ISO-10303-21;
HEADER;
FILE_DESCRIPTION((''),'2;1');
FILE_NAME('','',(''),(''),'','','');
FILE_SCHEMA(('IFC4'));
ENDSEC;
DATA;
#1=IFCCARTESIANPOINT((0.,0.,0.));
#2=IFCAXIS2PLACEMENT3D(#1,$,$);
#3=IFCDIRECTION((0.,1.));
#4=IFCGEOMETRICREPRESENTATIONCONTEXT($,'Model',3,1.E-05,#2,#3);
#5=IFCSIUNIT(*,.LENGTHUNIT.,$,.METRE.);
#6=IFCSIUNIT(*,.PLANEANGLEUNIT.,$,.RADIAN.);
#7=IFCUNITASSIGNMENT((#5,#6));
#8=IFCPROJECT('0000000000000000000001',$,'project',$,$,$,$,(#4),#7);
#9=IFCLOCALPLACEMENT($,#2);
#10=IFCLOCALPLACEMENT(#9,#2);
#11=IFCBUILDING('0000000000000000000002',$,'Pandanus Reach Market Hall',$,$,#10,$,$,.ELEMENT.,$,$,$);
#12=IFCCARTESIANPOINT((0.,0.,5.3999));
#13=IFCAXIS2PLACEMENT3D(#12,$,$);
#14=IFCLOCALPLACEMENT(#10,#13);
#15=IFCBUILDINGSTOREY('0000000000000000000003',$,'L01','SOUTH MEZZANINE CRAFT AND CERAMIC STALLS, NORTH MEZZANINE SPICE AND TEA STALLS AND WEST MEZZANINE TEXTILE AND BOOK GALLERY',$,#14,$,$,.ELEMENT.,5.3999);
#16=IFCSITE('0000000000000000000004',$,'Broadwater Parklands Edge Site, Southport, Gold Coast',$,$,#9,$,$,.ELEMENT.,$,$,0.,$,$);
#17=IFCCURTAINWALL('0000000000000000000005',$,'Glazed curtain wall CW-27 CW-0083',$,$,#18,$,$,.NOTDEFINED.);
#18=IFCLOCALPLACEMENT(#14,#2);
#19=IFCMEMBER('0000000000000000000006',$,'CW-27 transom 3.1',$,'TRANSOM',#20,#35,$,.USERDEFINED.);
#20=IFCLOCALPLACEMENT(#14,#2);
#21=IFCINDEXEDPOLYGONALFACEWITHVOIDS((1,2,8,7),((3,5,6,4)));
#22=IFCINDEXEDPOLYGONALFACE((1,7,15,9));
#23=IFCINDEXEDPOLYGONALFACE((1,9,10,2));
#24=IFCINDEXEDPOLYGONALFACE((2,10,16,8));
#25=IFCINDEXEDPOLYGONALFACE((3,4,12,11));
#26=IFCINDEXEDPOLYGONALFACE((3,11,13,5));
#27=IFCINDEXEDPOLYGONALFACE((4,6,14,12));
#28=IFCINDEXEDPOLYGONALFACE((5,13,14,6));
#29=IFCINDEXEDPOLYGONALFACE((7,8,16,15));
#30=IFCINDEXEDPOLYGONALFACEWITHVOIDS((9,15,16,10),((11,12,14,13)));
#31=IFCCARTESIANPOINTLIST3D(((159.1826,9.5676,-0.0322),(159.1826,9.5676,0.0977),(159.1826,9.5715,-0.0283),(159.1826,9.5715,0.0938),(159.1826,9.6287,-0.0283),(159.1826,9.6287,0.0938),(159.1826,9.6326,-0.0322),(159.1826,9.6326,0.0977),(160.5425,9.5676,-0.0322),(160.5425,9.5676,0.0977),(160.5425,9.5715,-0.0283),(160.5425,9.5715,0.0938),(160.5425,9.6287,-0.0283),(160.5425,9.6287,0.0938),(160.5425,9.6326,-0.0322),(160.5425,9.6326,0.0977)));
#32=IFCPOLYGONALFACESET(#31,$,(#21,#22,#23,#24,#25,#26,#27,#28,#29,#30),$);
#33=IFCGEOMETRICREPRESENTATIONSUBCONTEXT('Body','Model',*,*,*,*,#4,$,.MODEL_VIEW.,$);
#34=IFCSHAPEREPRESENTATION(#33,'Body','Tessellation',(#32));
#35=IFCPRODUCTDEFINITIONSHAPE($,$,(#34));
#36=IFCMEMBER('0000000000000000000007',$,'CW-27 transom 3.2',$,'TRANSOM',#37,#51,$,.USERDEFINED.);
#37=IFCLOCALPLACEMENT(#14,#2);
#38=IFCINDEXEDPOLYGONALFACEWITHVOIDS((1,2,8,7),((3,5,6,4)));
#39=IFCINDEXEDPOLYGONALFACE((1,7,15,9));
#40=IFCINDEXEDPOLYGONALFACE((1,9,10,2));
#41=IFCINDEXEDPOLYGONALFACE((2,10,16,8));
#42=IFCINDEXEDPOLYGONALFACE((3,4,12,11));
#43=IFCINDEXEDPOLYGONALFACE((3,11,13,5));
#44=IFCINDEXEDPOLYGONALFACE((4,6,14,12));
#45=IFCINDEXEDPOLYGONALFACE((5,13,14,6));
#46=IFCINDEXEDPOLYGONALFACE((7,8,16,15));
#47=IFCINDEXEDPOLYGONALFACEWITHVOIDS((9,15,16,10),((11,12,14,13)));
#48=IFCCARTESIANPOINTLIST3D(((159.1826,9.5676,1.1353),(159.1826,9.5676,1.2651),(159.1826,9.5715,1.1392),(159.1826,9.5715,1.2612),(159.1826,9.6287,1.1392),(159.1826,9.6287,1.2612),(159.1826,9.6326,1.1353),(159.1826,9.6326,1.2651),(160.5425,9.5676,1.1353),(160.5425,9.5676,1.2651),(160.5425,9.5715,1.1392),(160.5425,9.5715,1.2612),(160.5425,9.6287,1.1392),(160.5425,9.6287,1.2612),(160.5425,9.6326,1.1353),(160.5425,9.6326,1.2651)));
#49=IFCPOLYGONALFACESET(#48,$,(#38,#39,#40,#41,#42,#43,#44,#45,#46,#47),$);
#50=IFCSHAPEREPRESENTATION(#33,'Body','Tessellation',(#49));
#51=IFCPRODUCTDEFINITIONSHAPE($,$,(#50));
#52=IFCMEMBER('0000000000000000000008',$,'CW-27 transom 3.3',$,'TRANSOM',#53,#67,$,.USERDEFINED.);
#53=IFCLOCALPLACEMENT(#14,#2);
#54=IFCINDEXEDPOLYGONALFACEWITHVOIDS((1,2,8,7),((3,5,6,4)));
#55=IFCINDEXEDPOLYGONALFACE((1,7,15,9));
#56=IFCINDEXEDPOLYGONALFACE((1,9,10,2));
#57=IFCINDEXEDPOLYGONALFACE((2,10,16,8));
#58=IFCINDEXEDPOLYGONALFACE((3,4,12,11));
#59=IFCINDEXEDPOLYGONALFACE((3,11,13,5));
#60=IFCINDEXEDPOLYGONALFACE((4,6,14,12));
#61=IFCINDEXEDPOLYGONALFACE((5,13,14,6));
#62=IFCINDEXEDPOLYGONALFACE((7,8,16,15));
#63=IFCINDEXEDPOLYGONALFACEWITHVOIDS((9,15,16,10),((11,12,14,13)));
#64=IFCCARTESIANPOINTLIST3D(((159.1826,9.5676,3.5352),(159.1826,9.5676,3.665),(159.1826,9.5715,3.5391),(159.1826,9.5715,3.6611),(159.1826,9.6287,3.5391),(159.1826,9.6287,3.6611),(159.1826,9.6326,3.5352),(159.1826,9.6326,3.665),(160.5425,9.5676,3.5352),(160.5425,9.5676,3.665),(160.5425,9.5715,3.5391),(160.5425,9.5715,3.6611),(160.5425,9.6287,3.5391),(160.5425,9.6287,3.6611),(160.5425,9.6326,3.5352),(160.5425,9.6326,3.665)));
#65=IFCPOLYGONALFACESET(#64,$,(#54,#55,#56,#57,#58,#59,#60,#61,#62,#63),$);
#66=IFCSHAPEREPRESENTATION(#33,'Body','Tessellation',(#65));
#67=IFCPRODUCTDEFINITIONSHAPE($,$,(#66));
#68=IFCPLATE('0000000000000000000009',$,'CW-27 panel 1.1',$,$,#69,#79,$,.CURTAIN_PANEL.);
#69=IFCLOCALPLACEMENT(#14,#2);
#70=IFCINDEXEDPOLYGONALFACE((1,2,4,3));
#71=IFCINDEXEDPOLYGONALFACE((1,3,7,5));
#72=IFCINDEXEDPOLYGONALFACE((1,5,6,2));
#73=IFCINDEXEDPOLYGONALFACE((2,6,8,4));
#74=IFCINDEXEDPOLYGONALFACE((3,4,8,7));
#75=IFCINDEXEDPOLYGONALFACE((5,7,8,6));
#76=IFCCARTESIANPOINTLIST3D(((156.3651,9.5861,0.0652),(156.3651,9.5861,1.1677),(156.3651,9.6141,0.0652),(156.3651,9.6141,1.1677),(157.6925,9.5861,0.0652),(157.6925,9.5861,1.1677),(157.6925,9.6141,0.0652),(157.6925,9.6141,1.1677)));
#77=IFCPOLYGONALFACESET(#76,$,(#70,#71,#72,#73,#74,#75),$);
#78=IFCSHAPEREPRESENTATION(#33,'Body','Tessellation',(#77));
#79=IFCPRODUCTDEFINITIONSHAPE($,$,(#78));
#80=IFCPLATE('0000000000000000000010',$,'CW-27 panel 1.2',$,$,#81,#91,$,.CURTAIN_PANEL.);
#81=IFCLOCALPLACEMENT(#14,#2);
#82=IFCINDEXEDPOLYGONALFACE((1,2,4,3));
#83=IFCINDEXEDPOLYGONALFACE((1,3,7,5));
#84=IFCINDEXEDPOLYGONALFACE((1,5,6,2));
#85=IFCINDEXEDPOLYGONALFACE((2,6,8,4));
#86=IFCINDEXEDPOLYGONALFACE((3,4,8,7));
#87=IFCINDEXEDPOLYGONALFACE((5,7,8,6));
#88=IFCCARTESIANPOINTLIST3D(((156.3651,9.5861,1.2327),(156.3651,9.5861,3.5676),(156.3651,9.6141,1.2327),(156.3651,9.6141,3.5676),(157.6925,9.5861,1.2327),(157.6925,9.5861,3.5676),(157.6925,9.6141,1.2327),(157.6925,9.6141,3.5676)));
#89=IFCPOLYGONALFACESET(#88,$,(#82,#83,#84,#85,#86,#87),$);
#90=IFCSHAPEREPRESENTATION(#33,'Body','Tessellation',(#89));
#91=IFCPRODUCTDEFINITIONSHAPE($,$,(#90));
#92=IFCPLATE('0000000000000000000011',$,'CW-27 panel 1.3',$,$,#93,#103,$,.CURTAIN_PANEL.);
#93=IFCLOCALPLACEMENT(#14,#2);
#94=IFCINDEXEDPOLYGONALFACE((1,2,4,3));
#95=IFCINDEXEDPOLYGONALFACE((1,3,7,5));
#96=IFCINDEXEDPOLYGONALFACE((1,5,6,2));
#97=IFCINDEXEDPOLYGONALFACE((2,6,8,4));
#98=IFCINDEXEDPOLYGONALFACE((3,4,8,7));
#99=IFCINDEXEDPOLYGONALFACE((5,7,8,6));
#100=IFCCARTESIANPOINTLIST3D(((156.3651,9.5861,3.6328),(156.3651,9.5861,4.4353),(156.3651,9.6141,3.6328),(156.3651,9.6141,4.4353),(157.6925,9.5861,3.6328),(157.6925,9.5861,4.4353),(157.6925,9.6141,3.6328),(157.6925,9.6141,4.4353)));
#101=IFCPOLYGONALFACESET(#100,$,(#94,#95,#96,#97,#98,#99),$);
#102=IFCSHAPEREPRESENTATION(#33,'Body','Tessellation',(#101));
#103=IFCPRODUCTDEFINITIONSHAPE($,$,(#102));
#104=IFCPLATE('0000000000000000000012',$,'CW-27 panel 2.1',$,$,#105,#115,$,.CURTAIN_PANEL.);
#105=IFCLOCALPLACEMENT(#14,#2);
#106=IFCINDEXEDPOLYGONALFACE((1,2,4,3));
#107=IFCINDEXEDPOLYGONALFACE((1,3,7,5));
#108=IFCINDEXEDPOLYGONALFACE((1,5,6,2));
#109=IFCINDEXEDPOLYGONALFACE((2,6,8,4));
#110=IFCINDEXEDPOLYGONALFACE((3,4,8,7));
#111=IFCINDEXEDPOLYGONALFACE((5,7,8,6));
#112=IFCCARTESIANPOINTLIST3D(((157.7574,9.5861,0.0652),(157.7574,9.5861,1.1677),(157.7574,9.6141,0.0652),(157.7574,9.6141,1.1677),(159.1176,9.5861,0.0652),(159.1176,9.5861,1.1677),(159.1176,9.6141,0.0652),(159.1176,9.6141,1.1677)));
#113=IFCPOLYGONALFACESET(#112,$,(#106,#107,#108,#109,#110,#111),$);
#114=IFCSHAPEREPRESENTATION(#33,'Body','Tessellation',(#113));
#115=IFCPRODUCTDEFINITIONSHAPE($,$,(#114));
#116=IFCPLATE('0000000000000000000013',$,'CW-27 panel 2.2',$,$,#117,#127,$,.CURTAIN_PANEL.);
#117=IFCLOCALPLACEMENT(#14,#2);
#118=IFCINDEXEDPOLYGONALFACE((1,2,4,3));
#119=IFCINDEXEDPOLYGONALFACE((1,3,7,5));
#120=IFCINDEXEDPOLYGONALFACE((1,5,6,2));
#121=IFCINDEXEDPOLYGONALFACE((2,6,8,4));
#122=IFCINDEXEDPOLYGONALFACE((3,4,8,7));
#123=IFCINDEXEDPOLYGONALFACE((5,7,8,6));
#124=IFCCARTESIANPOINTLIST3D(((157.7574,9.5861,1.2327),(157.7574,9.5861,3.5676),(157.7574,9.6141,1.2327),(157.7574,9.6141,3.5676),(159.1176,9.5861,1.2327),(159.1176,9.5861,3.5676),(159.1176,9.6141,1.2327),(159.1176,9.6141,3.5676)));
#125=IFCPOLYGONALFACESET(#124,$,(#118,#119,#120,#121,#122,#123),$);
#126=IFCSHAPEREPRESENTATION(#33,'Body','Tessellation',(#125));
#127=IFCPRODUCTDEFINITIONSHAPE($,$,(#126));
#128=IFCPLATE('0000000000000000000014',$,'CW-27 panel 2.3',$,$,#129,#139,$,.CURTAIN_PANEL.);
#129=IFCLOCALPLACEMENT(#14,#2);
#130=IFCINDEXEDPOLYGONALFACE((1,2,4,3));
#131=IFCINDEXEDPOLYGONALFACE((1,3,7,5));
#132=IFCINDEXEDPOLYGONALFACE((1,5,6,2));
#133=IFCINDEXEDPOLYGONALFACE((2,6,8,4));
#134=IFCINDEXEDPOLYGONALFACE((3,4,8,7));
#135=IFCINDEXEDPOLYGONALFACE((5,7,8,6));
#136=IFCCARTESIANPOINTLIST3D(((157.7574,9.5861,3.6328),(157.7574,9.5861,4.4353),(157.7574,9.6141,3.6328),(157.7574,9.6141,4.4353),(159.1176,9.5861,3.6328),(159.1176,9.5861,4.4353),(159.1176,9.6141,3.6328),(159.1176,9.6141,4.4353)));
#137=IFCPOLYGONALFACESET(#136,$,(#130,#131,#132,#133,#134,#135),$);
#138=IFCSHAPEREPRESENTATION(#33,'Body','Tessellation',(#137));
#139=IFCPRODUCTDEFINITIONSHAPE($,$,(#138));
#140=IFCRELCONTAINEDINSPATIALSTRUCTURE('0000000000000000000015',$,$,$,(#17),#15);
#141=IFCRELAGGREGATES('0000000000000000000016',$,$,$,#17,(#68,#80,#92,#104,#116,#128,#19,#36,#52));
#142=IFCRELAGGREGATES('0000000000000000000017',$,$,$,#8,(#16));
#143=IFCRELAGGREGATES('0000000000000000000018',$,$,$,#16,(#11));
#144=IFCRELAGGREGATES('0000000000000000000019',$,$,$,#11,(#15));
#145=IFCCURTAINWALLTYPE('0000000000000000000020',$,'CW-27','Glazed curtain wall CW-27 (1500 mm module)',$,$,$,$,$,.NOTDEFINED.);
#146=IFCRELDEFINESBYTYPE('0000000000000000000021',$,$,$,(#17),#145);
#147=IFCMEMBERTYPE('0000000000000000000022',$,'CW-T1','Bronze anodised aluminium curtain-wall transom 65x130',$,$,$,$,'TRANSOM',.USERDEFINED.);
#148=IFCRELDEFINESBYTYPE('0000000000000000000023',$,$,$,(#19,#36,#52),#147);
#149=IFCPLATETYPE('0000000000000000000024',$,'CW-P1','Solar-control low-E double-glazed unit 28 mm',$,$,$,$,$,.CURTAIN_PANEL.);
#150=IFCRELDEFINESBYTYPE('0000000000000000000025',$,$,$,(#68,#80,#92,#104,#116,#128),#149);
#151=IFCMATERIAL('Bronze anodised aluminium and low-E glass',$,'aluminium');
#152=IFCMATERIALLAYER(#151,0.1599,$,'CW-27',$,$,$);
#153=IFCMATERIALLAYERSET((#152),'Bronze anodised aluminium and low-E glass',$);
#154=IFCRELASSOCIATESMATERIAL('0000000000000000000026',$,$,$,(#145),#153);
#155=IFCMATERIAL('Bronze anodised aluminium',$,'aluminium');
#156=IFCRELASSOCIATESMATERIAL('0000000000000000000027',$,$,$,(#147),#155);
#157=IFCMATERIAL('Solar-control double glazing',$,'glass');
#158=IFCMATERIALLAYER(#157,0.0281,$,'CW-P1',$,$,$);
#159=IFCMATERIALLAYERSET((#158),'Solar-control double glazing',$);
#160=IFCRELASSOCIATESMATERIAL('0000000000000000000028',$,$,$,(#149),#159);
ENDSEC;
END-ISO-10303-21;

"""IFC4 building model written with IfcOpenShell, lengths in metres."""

from ifc_helpers import new_model, si_unit, direction, frame, origin, origin_2d, place, context, subcontext, project, spatial, rectangle, hollow_rectangle, extrude, material, layer, layer_set, material_profile, profile_set, type_object, element, aggregate, save


model = new_model("IFC4")

# Units and contexts
model_context = context("Model", 3, precision=1e-05, world=origin(), true_north=direction((0.0, 1.0)))
body_context = subcontext(model_context, "Body", "Model", "MODEL_VIEW")
ifc_project = project(units=[si_unit("LENGTHUNIT", "METRE"), si_unit("PLANEANGLEUNIT", "RADIAN")], contexts=[model_context])

# Site, building, storey
site_placement = place(None, origin())
site = spatial("IfcSite", under=ifc_project, at=site_placement, Name="Broadwater Parklands Edge Site, Southport, Gold Coast", CompositionType="ELEMENT", RefElevation=0.0)
building_placement = place(site_placement, origin())
building = spatial("IfcBuilding", under=site, at=building_placement, Name="Pandanus Reach Market Hall", CompositionType="ELEMENT")
storey_placement = place(building_placement, frame((0.0, 0.0, 5.3999)))
storey = spatial("IfcBuildingStorey", under=building, at=storey_placement, Name="L01", Description="SOUTH MEZZANINE CRAFT AND CERAMIC STALLS, NORTH MEZZANINE SPICE AND TEA STALLS AND WEST MEZZANINE TEXTILE AND BOOK GALLERY", CompositionType="ELEMENT", Elevation=5.3999)

# Curtain wall, members, plates
ifc_material_1 = material(Name="Bronze anodised aluminium and low-E glass", Category="aluminium")
ifc_layer_1 = layer(ifc_material_1, 0.1599, Name="CW-27")
ifc_layer_set_1 = layer_set([ifc_layer_1], Name="Bronze anodised aluminium and low-E glass")
curtain_wall_type = type_object("IfcCurtainWallType", Name="CW-27", Description="Glazed curtain wall CW-27 (1500 mm module)", PredefinedType="NOTDEFINED", material=ifc_layer_set_1)
curtain_wall_placement = place(storey_placement, origin())
curtain_wall = element("IfcCurtainWall", 1, at=curtain_wall_placement, inside=storey, type_object=curtain_wall_type, Name="Glazed curtain wall CW-27 CW-0083", PredefinedType="NOTDEFINED")
ifc_material_2 = material(Name="Bronze anodised aluminium", Category="aluminium")
ifc_material_profile_1 = material_profile(ifc_material_2, hollow_rectangle(XDim=0.0649, YDim=0.1299, WallThickness=0.0039, at=origin_2d()), Name="ALU65x130", Category="LoadBearing")
ifc_profile_set_1 = profile_set([ifc_material_profile_1], Name="Bronze anodised aluminium")
member_type_1 = type_object("IfcMemberType", Name="CW-T1", Description="Bronze anodised aluminium curtain-wall transom 65x130", ElementType="TRANSOM", PredefinedType="USERDEFINED", material=ifc_profile_set_1)
member_1_placement = place(storey_placement, frame((159.1826, 9.6001, 0.0327), z_axis=(1.0, 0.0, 0.0), x_axis=(0.0, 1.0, 0.0)))
member_1 = element("IfcMember", 2, at=member_1_placement, type_object=member_type_1, Name="CW-27 transom 3.1", ObjectType="TRANSOM", PredefinedType="USERDEFINED", context=body_context, shape_type="SweptSolid", body=[
    extrude(hollow_rectangle(XDim=0.0649, YDim=0.1299, WallThickness=0.0039, at=origin_2d()), origin(), (0.0, 0.0, 1.0), 1.3599),
])
member_2_placement = place(storey_placement, frame((159.1826, 9.6001, 1.2002), z_axis=(1.0, 0.0, 0.0), x_axis=(0.0, 1.0, 0.0)))
member_2 = element("IfcMember", 3, at=member_2_placement, type_object=member_type_1, Name="CW-27 transom 3.2", ObjectType="TRANSOM", PredefinedType="USERDEFINED", context=body_context, shape_type="SweptSolid", body=[
    extrude(hollow_rectangle(XDim=0.0649, YDim=0.1299, WallThickness=0.0039, at=origin_2d()), origin(), (0.0, 0.0, 1.0), 1.3599),
])
member_3_placement = place(storey_placement, frame((159.1826, 9.6001, 3.6001), z_axis=(1.0, 0.0, 0.0), x_axis=(0.0, 1.0, 0.0)))
member_3 = element("IfcMember", 4, at=member_3_placement, type_object=member_type_1, Name="CW-27 transom 3.3", ObjectType="TRANSOM", PredefinedType="USERDEFINED", context=body_context, shape_type="SweptSolid", body=[
    extrude(hollow_rectangle(XDim=0.0649, YDim=0.1299, WallThickness=0.0039, at=origin_2d()), origin(), (0.0, 0.0, 1.0), 1.3599),
])
ifc_material_3 = material(Name="Solar-control double glazing", Category="glass")
ifc_layer_2 = layer(ifc_material_3, 0.0281, Name="CW-P1")
ifc_layer_set_2 = layer_set([ifc_layer_2], Name="Solar-control double glazing")
plate_type = type_object("IfcPlateType", Name="CW-P1", Description="Solar-control low-E double-glazed unit 28 mm", PredefinedType="CURTAIN_PANEL", material=ifc_layer_set_2)
plate_1_placement = place(storey_placement, frame((157.0288, 9.6001, 0.0652), z_axis=(0.0, 0.0, 1.0), x_axis=(1.0, 0.0, 0.0)))
plate_1 = element("IfcPlate", 5, at=plate_1_placement, type_object=plate_type, Name="CW-27 panel 1.1", PredefinedType="CURTAIN_PANEL", context=body_context, shape_type="SweptSolid", body=[
    extrude(rectangle(XDim=1.3274, YDim=0.0281, at=origin_2d()), origin(), (0.0, 0.0, 1.0), 1.1025),
])
plate_2_placement = place(storey_placement, frame((157.0288, 9.6001, 1.2327), z_axis=(0.0, 0.0, 1.0), x_axis=(1.0, 0.0, 0.0)))
plate_2 = element("IfcPlate", 6, at=plate_2_placement, type_object=plate_type, Name="CW-27 panel 1.2", PredefinedType="CURTAIN_PANEL", context=body_context, shape_type="SweptSolid", body=[
    extrude(rectangle(XDim=1.3274, YDim=0.0281, at=origin_2d()), origin(), (0.0, 0.0, 1.0), 2.335),
])
plate_3_placement = place(storey_placement, frame((157.0288, 9.6001, 3.6328), z_axis=(0.0, 0.0, 1.0), x_axis=(1.0, 0.0, 0.0)))
plate_3 = element("IfcPlate", 7, at=plate_3_placement, type_object=plate_type, Name="CW-27 panel 1.3", PredefinedType="CURTAIN_PANEL", context=body_context, shape_type="SweptSolid", body=[
    extrude(rectangle(XDim=1.3274, YDim=0.0281, at=origin_2d()), origin(), (0.0, 0.0, 1.0), 0.8025),
])
plate_4_placement = place(storey_placement, frame((158.4375, 9.6001, 0.0652), z_axis=(0.0, 0.0, 1.0), x_axis=(1.0, 0.0, 0.0)))
plate_4 = element("IfcPlate", 8, at=plate_4_placement, type_object=plate_type, Name="CW-27 panel 2.1", PredefinedType="CURTAIN_PANEL", context=body_context, shape_type="SweptSolid", body=[
    extrude(rectangle(XDim=1.3601, YDim=0.0281, at=origin_2d()), origin(), (0.0, 0.0, 1.0), 1.1025),
])
plate_5_placement = place(storey_placement, frame((158.4375, 9.6001, 1.2327), z_axis=(0.0, 0.0, 1.0), x_axis=(1.0, 0.0, 0.0)))
plate_5 = element("IfcPlate", 9, at=plate_5_placement, type_object=plate_type, Name="CW-27 panel 2.2", PredefinedType="CURTAIN_PANEL", context=body_context, shape_type="SweptSolid", body=[
    extrude(rectangle(XDim=1.3601, YDim=0.0281, at=origin_2d()), origin(), (0.0, 0.0, 1.0), 2.335),
])
plate_6_placement = place(storey_placement, frame((158.4375, 9.6001, 3.6328), z_axis=(0.0, 0.0, 1.0), x_axis=(1.0, 0.0, 0.0)))
plate_6 = element("IfcPlate", 10, at=plate_6_placement, type_object=plate_type, Name="CW-27 panel 2.3", PredefinedType="CURTAIN_PANEL", context=body_context, shape_type="SweptSolid", body=[
    extrude(rectangle(XDim=1.3601, YDim=0.0281, at=origin_2d()), origin(), (0.0, 0.0, 1.0), 0.8025),
])
aggregate(curtain_wall, [plate_1, plate_2, plate_3, plate_4, plate_5, plate_6, member_1, member_2, member_3])

save(model, "model.ifc")
